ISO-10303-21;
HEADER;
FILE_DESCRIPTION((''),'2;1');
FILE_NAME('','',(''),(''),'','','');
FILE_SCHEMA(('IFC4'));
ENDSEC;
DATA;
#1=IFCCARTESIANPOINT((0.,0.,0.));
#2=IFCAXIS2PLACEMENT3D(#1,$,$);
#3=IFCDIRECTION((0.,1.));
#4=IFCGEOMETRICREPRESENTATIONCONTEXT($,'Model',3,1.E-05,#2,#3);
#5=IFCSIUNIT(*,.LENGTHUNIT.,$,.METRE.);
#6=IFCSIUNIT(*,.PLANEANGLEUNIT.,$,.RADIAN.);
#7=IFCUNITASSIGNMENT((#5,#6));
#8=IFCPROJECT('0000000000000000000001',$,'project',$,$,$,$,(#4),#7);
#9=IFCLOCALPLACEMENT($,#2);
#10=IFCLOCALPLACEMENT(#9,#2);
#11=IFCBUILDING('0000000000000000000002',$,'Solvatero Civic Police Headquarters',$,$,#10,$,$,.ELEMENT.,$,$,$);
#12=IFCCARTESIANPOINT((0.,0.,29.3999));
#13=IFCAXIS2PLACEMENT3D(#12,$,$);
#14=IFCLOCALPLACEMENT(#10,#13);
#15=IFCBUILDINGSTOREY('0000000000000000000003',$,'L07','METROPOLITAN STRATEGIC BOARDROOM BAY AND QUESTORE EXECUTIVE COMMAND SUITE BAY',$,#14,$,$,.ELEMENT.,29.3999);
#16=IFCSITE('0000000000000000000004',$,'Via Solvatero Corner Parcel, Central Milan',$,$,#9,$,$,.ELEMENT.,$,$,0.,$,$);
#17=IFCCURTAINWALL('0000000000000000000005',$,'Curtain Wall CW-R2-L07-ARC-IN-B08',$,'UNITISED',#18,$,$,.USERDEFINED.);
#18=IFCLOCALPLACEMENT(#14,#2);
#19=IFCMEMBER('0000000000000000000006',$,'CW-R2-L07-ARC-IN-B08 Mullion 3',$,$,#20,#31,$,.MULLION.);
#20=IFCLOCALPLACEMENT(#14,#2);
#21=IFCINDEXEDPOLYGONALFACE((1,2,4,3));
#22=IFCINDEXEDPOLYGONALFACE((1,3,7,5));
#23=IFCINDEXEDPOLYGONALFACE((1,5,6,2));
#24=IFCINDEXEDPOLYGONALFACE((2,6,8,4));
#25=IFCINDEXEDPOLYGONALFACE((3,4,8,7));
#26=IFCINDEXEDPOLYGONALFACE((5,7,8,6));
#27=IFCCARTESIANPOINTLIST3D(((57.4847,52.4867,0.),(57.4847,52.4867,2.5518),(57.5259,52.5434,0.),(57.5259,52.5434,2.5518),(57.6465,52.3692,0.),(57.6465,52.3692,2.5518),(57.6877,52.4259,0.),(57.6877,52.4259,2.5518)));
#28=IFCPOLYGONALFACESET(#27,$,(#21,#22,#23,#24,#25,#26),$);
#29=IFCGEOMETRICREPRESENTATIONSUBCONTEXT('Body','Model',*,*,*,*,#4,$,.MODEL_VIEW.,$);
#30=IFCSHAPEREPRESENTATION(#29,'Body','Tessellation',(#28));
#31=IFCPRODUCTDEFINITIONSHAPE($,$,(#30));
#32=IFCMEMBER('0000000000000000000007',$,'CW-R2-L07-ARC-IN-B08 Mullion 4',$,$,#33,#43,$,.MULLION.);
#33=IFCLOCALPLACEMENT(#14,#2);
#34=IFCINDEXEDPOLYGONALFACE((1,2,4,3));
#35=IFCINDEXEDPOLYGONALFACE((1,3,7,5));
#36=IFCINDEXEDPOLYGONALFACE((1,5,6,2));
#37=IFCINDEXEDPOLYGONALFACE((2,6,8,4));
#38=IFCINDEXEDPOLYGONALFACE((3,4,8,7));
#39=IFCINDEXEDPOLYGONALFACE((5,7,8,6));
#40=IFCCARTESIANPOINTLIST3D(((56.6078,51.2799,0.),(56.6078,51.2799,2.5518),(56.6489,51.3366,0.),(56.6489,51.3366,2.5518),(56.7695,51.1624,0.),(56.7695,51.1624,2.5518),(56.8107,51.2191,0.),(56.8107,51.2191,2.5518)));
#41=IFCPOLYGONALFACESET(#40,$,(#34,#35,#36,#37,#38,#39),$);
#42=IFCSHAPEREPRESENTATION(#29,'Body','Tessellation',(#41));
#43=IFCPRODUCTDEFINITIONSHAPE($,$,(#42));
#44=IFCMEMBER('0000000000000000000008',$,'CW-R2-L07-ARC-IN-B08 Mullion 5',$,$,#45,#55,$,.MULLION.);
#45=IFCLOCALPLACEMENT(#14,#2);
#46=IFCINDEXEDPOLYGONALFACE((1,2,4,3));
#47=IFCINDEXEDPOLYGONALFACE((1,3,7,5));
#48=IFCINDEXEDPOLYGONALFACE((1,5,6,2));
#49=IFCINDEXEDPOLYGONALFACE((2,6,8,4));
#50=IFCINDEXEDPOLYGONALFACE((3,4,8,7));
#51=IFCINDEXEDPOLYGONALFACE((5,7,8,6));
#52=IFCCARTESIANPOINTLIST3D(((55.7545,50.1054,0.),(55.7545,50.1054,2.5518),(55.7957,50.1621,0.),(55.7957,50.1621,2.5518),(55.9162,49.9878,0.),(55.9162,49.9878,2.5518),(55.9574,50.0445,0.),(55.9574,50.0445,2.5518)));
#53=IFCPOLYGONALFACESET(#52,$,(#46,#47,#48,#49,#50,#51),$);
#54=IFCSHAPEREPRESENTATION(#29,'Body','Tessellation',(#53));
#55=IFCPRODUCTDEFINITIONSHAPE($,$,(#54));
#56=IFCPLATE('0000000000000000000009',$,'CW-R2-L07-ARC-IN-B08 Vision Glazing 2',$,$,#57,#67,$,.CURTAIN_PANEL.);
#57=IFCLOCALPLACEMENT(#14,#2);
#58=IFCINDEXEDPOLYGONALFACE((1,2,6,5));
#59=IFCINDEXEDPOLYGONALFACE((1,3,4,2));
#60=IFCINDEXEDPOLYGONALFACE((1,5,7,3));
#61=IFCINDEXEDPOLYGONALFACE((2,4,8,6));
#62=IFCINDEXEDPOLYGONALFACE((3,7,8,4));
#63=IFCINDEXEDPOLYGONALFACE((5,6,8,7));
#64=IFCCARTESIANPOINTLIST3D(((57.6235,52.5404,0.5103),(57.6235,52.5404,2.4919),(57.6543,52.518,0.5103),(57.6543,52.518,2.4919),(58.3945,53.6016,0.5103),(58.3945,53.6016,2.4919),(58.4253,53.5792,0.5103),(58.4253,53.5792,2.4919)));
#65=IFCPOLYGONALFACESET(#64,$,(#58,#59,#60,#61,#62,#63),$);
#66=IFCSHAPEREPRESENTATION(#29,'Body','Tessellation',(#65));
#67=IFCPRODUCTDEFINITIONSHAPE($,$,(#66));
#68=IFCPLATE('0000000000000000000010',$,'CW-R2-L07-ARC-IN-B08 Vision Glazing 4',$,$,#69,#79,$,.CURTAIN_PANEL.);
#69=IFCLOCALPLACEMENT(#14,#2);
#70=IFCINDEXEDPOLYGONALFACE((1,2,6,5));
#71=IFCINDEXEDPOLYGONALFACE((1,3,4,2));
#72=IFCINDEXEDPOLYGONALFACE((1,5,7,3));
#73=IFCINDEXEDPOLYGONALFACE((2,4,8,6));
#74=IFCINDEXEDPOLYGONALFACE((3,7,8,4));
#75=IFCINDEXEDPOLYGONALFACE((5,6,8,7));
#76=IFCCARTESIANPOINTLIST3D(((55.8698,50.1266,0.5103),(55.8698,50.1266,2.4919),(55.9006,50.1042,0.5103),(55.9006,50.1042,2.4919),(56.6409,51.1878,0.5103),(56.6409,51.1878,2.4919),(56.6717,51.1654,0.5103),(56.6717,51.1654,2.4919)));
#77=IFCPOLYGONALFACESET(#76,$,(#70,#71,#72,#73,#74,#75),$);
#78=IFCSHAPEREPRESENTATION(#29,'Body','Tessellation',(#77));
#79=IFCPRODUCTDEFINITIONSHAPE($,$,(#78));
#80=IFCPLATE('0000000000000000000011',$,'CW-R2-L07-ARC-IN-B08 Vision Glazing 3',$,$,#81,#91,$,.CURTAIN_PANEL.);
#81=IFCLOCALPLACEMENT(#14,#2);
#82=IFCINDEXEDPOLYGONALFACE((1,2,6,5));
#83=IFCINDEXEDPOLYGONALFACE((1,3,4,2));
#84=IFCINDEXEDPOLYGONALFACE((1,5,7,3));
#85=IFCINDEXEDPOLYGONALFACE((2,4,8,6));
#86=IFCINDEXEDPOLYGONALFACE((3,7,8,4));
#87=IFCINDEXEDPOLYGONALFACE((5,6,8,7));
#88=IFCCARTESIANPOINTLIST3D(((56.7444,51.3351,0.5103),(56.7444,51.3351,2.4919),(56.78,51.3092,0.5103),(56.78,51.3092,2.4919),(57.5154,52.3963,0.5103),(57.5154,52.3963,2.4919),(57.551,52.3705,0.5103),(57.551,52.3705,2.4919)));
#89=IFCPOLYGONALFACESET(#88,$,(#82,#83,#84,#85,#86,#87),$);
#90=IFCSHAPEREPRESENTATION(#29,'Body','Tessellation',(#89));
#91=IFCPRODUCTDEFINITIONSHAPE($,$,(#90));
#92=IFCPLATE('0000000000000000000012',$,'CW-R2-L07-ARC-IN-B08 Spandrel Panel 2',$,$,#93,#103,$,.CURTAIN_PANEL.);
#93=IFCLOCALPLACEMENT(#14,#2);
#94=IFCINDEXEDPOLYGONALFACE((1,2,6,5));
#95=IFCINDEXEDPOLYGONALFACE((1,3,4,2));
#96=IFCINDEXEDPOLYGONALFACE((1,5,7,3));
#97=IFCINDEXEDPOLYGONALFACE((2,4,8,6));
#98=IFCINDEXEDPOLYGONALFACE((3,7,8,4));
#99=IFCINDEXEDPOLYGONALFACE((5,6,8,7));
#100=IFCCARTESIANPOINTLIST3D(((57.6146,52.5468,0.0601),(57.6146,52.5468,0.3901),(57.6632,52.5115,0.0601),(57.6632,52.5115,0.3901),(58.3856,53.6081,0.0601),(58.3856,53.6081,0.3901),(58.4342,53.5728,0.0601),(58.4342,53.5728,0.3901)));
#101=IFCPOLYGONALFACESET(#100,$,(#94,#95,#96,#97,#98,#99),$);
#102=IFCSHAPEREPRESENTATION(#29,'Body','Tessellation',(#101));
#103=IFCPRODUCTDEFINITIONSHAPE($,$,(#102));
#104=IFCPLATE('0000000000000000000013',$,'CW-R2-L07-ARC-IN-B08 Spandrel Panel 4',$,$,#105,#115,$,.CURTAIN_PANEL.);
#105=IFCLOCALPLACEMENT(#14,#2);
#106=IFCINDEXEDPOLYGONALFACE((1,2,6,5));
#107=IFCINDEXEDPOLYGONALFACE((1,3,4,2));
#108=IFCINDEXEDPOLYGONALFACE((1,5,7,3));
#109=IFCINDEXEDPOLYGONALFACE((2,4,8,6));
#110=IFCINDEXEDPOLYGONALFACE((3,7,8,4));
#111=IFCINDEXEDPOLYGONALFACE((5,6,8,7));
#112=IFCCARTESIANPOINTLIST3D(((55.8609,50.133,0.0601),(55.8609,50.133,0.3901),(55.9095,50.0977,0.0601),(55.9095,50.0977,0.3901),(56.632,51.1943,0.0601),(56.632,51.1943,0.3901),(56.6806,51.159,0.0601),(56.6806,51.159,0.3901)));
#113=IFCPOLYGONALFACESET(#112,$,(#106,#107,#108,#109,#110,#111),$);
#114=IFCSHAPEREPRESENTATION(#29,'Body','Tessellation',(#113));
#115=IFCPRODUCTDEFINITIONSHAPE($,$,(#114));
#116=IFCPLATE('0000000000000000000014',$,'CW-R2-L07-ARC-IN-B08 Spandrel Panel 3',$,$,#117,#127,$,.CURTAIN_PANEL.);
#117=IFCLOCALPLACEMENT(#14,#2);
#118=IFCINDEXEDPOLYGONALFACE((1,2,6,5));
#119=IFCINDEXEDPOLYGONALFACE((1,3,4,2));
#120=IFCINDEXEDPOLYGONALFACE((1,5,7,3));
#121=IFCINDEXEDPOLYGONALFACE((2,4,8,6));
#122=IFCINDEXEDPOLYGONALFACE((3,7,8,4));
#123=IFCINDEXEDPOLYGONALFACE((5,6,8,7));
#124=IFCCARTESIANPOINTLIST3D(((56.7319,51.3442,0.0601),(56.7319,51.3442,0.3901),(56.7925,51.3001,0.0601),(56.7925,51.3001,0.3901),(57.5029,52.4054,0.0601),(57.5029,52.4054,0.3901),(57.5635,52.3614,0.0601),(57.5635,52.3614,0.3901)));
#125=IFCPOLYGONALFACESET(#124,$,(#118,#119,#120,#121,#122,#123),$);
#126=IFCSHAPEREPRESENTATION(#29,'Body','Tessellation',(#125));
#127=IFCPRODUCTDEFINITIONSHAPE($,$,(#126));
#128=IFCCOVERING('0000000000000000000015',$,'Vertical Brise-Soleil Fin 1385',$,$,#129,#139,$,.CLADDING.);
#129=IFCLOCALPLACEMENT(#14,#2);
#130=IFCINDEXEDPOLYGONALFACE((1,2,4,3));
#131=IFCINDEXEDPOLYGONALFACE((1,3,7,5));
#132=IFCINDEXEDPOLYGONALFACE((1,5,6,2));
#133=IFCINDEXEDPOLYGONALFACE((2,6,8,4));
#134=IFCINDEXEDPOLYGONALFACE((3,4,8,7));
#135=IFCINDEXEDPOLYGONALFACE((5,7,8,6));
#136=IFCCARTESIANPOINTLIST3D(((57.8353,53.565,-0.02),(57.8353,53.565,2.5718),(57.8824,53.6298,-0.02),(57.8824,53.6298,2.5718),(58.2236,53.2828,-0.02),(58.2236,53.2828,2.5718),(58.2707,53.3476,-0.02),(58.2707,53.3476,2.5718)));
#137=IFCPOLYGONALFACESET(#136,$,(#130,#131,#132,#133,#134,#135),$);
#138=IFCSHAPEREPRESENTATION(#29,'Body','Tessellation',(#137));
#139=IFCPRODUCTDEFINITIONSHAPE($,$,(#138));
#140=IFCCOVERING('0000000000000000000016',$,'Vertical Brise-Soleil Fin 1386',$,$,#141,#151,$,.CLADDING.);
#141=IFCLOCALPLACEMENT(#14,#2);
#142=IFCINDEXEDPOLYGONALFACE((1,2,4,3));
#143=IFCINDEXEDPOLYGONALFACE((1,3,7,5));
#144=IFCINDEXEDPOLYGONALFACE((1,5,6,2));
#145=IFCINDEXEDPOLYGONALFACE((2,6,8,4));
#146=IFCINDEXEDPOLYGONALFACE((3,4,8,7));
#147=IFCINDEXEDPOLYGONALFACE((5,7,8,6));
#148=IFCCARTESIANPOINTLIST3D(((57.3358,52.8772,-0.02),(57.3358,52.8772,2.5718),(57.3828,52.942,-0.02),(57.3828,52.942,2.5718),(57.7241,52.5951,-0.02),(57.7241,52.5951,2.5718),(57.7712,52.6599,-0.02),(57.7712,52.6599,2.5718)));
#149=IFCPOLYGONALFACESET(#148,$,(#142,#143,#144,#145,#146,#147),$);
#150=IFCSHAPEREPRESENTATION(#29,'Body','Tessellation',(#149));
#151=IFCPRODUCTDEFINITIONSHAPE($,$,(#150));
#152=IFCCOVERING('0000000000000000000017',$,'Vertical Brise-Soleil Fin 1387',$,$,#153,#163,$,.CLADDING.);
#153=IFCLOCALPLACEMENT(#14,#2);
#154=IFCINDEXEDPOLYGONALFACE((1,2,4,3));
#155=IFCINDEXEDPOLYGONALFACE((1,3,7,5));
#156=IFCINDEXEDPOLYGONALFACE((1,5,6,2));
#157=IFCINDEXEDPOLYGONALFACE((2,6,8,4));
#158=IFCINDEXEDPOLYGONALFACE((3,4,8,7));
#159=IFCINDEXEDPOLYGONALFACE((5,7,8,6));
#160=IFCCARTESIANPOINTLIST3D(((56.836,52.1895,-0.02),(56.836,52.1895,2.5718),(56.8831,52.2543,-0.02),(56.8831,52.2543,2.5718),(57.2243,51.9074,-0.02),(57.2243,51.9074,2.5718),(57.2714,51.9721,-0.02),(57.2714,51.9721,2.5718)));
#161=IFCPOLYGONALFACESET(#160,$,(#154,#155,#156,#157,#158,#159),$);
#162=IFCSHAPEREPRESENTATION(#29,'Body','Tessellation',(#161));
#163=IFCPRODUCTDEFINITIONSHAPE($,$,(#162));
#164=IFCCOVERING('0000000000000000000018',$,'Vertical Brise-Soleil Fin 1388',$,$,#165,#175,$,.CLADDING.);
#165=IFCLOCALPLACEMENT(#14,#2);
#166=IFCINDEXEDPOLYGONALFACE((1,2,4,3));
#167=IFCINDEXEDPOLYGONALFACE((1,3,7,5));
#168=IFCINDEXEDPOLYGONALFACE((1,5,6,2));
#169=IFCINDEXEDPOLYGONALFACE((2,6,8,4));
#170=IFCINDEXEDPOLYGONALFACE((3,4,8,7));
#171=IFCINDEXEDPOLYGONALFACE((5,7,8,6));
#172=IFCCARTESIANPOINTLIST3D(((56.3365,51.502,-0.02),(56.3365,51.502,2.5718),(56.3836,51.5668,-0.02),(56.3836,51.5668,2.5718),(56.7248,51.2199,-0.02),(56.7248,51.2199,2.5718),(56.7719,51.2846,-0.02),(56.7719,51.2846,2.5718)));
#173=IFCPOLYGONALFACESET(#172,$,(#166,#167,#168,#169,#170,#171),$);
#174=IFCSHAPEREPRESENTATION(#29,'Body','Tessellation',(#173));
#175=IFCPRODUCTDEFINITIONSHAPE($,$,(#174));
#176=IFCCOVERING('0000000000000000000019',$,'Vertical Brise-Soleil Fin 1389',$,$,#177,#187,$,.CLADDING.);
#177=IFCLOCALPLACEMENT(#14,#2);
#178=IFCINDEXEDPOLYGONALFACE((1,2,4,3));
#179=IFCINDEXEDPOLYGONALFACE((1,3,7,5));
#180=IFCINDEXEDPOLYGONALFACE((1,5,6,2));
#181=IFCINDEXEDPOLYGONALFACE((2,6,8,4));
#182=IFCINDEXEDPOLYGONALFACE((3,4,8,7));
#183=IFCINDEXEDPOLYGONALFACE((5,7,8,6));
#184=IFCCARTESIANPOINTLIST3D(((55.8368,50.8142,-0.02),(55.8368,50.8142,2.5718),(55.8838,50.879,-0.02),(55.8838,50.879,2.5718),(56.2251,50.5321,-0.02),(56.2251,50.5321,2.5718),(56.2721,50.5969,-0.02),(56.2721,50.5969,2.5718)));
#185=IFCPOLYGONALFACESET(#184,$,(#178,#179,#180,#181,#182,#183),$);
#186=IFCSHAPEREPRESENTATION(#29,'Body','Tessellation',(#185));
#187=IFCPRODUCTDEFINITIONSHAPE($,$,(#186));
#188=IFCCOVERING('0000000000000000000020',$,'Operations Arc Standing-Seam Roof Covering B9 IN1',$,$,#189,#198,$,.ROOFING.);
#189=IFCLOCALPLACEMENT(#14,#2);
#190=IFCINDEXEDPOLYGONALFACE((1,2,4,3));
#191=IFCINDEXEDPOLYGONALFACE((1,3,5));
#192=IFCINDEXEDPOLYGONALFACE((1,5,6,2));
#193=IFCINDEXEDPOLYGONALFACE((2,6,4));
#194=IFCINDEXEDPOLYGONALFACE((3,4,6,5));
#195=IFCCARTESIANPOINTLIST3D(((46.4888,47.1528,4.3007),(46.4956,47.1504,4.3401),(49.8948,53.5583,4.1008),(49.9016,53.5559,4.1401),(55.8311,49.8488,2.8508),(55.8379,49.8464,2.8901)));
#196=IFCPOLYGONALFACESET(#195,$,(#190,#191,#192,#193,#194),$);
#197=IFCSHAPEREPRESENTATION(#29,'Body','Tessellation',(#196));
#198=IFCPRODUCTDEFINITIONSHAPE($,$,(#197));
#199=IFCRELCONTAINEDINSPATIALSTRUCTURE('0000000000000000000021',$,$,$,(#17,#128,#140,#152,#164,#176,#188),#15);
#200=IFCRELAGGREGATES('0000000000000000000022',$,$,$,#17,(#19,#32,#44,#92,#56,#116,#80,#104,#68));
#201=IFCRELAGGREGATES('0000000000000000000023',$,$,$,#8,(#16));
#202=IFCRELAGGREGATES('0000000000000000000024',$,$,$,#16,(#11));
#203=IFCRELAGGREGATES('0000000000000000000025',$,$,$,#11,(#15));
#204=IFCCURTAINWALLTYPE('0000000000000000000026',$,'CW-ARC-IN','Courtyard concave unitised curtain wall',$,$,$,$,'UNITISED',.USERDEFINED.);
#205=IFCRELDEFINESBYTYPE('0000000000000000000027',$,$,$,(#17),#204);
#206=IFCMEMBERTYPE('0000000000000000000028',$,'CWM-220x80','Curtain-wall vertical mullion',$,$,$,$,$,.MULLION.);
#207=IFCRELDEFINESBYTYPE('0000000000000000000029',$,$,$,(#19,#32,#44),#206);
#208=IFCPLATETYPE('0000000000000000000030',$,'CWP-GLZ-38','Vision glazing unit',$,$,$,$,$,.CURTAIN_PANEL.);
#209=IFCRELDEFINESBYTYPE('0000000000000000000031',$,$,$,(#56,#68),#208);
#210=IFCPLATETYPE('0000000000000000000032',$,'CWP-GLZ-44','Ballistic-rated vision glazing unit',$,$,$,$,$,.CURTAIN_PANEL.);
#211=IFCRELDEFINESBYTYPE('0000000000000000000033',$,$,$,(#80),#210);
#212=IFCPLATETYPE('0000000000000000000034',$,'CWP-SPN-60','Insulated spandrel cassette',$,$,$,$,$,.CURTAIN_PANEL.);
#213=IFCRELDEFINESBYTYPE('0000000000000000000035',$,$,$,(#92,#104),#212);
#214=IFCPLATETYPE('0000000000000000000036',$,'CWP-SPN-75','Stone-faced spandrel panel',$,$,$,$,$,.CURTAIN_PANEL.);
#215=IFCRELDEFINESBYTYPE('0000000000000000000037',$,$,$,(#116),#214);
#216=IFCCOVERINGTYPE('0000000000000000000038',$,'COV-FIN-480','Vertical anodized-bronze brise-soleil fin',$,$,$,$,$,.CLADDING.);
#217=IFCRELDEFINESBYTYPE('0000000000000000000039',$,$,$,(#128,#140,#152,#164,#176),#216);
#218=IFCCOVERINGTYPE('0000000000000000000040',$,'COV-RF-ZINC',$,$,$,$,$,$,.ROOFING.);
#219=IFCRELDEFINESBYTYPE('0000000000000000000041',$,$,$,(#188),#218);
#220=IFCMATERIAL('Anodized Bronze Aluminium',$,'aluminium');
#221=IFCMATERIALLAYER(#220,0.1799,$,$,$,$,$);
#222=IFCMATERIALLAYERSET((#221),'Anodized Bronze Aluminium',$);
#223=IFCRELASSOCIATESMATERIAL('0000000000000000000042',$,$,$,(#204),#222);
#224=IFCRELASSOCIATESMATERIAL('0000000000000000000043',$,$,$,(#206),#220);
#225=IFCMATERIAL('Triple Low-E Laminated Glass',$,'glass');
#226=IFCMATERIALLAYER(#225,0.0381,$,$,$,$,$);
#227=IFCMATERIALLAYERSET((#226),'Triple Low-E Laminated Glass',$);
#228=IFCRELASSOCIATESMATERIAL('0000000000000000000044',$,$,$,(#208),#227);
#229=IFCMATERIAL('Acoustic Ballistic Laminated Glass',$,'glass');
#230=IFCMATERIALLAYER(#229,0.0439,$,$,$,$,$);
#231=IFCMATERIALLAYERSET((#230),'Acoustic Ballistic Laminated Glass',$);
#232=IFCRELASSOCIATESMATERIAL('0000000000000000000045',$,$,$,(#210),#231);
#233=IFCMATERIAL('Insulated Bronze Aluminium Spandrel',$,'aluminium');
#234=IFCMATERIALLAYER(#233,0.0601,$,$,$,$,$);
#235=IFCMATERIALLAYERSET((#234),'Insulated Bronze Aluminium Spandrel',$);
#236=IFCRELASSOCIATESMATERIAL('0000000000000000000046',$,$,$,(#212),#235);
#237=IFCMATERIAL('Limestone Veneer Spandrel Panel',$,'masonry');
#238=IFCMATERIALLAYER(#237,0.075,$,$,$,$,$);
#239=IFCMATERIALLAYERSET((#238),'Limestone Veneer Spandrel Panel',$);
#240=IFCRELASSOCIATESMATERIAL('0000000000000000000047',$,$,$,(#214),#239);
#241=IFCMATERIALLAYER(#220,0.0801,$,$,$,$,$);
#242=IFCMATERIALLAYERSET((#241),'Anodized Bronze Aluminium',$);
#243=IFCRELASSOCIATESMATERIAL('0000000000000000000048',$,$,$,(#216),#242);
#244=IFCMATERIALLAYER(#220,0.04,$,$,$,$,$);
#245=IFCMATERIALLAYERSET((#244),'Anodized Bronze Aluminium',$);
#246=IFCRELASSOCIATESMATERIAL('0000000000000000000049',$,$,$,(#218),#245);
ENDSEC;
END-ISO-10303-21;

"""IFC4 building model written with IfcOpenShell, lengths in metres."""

from ifc_helpers import new_model, si_unit, direction, frame, origin, origin_2d, place, context, subcontext, project, spatial, polyline, rectangle, outline, extrude, material, layer, layer_set, material_profile, profile_set, type_object, element, aggregate, save


model = new_model("IFC4")

# Units and contexts
model_context = context("Model", 3, precision=1e-05, world=origin(), true_north=direction((0.0, 1.0)))
body_context = subcontext(model_context, "Body", "Model", "MODEL_VIEW")
ifc_project = project(units=[si_unit("LENGTHUNIT", "METRE"), si_unit("PLANEANGLEUNIT", "RADIAN")], contexts=[model_context])

# Site, building, storey
site_placement = place(None, origin())
site = spatial("IfcSite", under=ifc_project, at=site_placement, Name="Via Solvatero Corner Parcel, Central Milan", CompositionType="ELEMENT", RefElevation=0.0)
building_placement = place(site_placement, origin())
building = spatial("IfcBuilding", under=site, at=building_placement, Name="Solvatero Civic Police Headquarters", CompositionType="ELEMENT")
storey_placement = place(building_placement, frame((0.0, 0.0, 29.3999)))
storey = spatial("IfcBuildingStorey", under=building, at=storey_placement, Name="L07", Description="METROPOLITAN STRATEGIC BOARDROOM BAY AND QUESTORE EXECUTIVE COMMAND SUITE BAY", CompositionType="ELEMENT", Elevation=29.3999)

# Curtain wall, members, plates
ifc_material_1 = material(Name="Anodized Bronze Aluminium", Category="aluminium")
ifc_layer_1 = layer(ifc_material_1, 0.1799)
ifc_layer_set_1 = layer_set([ifc_layer_1], Name="Anodized Bronze Aluminium")
curtain_wall_type = type_object("IfcCurtainWallType", Name="CW-ARC-IN", Description="Courtyard concave unitised curtain wall", ElementType="UNITISED", PredefinedType="USERDEFINED", material=ifc_layer_set_1)
curtain_wall_placement = place(storey_placement, origin())
curtain_wall = element("IfcCurtainWall", 1, at=curtain_wall_placement, inside=storey, type_object=curtain_wall_type, Name="Curtain Wall CW-R2-L07-ARC-IN-B08", ObjectType="UNITISED", PredefinedType="USERDEFINED")
ifc_material_profile = material_profile(ifc_material_1, rectangle(XDim=0.0701, YDim=0.2, at=origin_2d()), Name="ALU MULLION 70x200")
ifc_profile_set = profile_set([ifc_material_profile], Name="Anodized Bronze Aluminium")
member_type = type_object("IfcMemberType", Name="CWM-220x80", Description="Curtain-wall vertical mullion", PredefinedType="MULLION", material=ifc_profile_set)
member_1_placement = place(storey_placement, frame((57.5862, 52.4563, 0.0), z_axis=(0.0, 0.0, 1.0), x_axis=(-0.587785, -0.809017, 0.0)))
member_1 = element("IfcMember", 2, at=member_1_placement, type_object=member_type, Name="CW-R2-L07-ARC-IN-B08 Mullion 3", PredefinedType="MULLION", context=body_context, shape_type="SweptSolid", body=[
    extrude(rectangle(XDim=0.0701, YDim=0.2, at=origin_2d()), origin(), (0.0, 0.0, 1.0), 2.5518),
])
member_2_placement = place(storey_placement, frame((56.7092, 51.2495, 0.0), z_axis=(0.0, 0.0, 1.0), x_axis=(-0.587785, -0.809017, 0.0)))
member_2 = element("IfcMember", 3, at=member_2_placement, type_object=member_type, Name="CW-R2-L07-ARC-IN-B08 Mullion 4", PredefinedType="MULLION", context=body_context, shape_type="SweptSolid", body=[
    extrude(rectangle(XDim=0.0701, YDim=0.2, at=origin_2d()), origin(), (0.0, 0.0, 1.0), 2.5518),
])
member_3_placement = place(storey_placement, frame((55.856, 50.075, 0.0), z_axis=(0.0, 0.0, 1.0), x_axis=(-0.587785, -0.809017, 0.0)))
member_3 = element("IfcMember", 4, at=member_3_placement, type_object=member_type, Name="CW-R2-L07-ARC-IN-B08 Mullion 5", PredefinedType="MULLION", context=body_context, shape_type="SweptSolid", body=[
    extrude(rectangle(XDim=0.0701, YDim=0.2, at=origin_2d()), origin(), (0.0, 0.0, 1.0), 2.5518),
])
ifc_material_2 = material(Name="Triple Low-E Laminated Glass", Category="glass")
ifc_layer_2 = layer(ifc_material_2, 0.0381)
ifc_layer_set_2 = layer_set([ifc_layer_2], Name="Triple Low-E Laminated Glass")
plate_type_1 = type_object("IfcPlateType", Name="CWP-GLZ-38", Description="Vision glazing unit", PredefinedType="CURTAIN_PANEL", material=ifc_layer_set_2)
plate_1_placement = place(storey_placement, frame((58.0244, 53.0598, 0.5103), z_axis=(0.0, 0.0, 1.0), x_axis=(-0.587785, -0.809017, 0.0)))
plate_1 = element("IfcPlate", 5, at=plate_1_placement, type_object=plate_type_1, Name="CW-R2-L07-ARC-IN-B08 Vision Glazing 2", PredefinedType="CURTAIN_PANEL", context=body_context, shape_type="SweptSolid", body=[
    extrude(rectangle(XDim=1.3118, YDim=0.0381, at=origin_2d()), origin(), (0.0, 0.0, 1.0), 1.9817),
])
plate_2_placement = place(storey_placement, frame((56.2708, 50.646, 0.5103), z_axis=(0.0, 0.0, 1.0), x_axis=(-0.587785, -0.809017, 0.0)))
plate_2 = element("IfcPlate", 6, at=plate_2_placement, type_object=plate_type_1, Name="CW-R2-L07-ARC-IN-B08 Vision Glazing 4", PredefinedType="CURTAIN_PANEL", context=body_context, shape_type="SweptSolid", body=[
    extrude(rectangle(XDim=1.3118, YDim=0.0381, at=origin_2d()), origin(), (0.0, 0.0, 1.0), 1.9817),
])
ifc_material_3 = material(Name="Acoustic Ballistic Laminated Glass", Category="glass")
ifc_layer_3 = layer(ifc_material_3, 0.0439)
ifc_layer_set_3 = layer_set([ifc_layer_3], Name="Acoustic Ballistic Laminated Glass")
plate_type_2 = type_object("IfcPlateType", Name="CWP-GLZ-44", Description="Ballistic-rated vision glazing unit", PredefinedType="CURTAIN_PANEL", material=ifc_layer_set_3)
plate_3_placement = place(storey_placement, frame((57.1477, 51.8528, 0.5103), z_axis=(0.0, 0.0, 1.0), x_axis=(-0.587785, -0.809017, 0.0)))
plate_3 = element("IfcPlate", 7, at=plate_3_placement, type_object=plate_type_2, Name="CW-R2-L07-ARC-IN-B08 Vision Glazing 3", PredefinedType="CURTAIN_PANEL", context=body_context, shape_type="SweptSolid", body=[
    extrude(rectangle(XDim=1.3118, YDim=0.0439, at=origin_2d()), origin(), (0.0, 0.0, 1.0), 1.9817),
])
ifc_material_4 = material(Name="Insulated Bronze Aluminium Spandrel", Category="aluminium")
ifc_layer_4 = layer(ifc_material_4, 0.0601)
ifc_layer_set_4 = layer_set([ifc_layer_4], Name="Insulated Bronze Aluminium Spandrel")
plate_type_3 = type_object("IfcPlateType", Name="CWP-SPN-60", Description="Insulated spandrel cassette", PredefinedType="CURTAIN_PANEL", material=ifc_layer_set_4)
plate_4_placement = place(storey_placement, frame((58.0244, 53.0598, 0.0601), z_axis=(0.0, 0.0, 1.0), x_axis=(-0.587785, -0.809017, 0.0)))
plate_4 = element("IfcPlate", 8, at=plate_4_placement, type_object=plate_type_3, Name="CW-R2-L07-ARC-IN-B08 Spandrel Panel 2", PredefinedType="CURTAIN_PANEL", context=body_context, shape_type="SweptSolid", body=[
    extrude(rectangle(XDim=1.3118, YDim=0.0601, at=origin_2d()), origin(), (0.0, 0.0, 1.0), 0.3301),
])
plate_5_placement = place(storey_placement, frame((56.2708, 50.646, 0.0601), z_axis=(0.0, 0.0, 1.0), x_axis=(-0.587785, -0.809017, 0.0)))
plate_5 = element("IfcPlate", 9, at=plate_5_placement, type_object=plate_type_3, Name="CW-R2-L07-ARC-IN-B08 Spandrel Panel 4", PredefinedType="CURTAIN_PANEL", context=body_context, shape_type="SweptSolid", body=[
    extrude(rectangle(XDim=1.3118, YDim=0.0601, at=origin_2d()), origin(), (0.0, 0.0, 1.0), 0.3301),
])
ifc_material_5 = material(Name="Limestone Veneer Spandrel Panel", Category="masonry")
ifc_layer_5 = layer(ifc_material_5, 0.075)
ifc_layer_set_5 = layer_set([ifc_layer_5], Name="Limestone Veneer Spandrel Panel")
plate_type_4 = type_object("IfcPlateType", Name="CWP-SPN-75", Description="Stone-faced spandrel panel", PredefinedType="CURTAIN_PANEL", material=ifc_layer_set_5)
plate_6_placement = place(storey_placement, frame((57.1477, 51.8528, 0.0601), z_axis=(0.0, 0.0, 1.0), x_axis=(-0.587785, -0.809017, 0.0)))
plate_6 = element("IfcPlate", 10, at=plate_6_placement, type_object=plate_type_4, Name="CW-R2-L07-ARC-IN-B08 Spandrel Panel 3", PredefinedType="CURTAIN_PANEL", context=body_context, shape_type="SweptSolid", body=[
    extrude(rectangle(XDim=1.3118, YDim=0.075, at=origin_2d()), origin(), (0.0, 0.0, 1.0), 0.3301),
])
aggregate(curtain_wall, [member_1, member_2, member_3, plate_4, plate_1, plate_6, plate_3, plate_5, plate_2])

# Coverings
ifc_layer_6 = layer(ifc_material_1, 0.0801)
ifc_layer_set_6 = layer_set([ifc_layer_6], Name="Anodized Bronze Aluminium")
covering_type_1 = type_object("IfcCoveringType", Name="COV-FIN-480", Description="Vertical anodized-bronze brise-soleil fin", PredefinedType="CLADDING", material=ifc_layer_set_6)
for number, where, z_axis, x_axis, name in (
    (11, (58.053, 53.4563, -0.02), (0.0, 0.0, 1.0), (-0.587785, -0.809017, 0.0), "Vertical Brise-Soleil Fin 1385"),
    (12, (57.5535, 52.7686, -0.02), (0.0, 0.0, 1.0), (-0.587785, -0.809017, 0.0), "Vertical Brise-Soleil Fin 1386"),
    (13, (57.0537, 52.0808, -0.02), (0.0, 0.0, 1.0), (-0.587785, -0.809017, 0.0), "Vertical Brise-Soleil Fin 1387"),
    (14, (56.5542, 51.3933, -0.02), (0.0, 0.0, 1.0), (-0.587785, -0.809017, 0.0), "Vertical Brise-Soleil Fin 1388"),
    (15, (56.0544, 50.7056, -0.02), (0.0, 0.0, 1.0), (-0.587785, -0.809017, 0.0), "Vertical Brise-Soleil Fin 1389"),
):
    element("IfcCovering", number, at=place(storey_placement, frame(where, z_axis=z_axis, x_axis=x_axis)), inside=storey, type_object=covering_type_1, Name=name, PredefinedType="CLADDING", context=body_context, shape_type="SweptSolid", body=[
        extrude(rectangle(XDim=0.0801, YDim=0.48, at=origin_2d()), origin(), (0.0, 0.0, 1.0), 2.5918),
    ])
ifc_layer_7 = layer(ifc_material_1, 0.04)
ifc_layer_set_7 = layer_set([ifc_layer_7], Name="Anodized Bronze Aluminium")
covering_type_2 = type_object("IfcCoveringType", Name="COV-RF-ZINC", PredefinedType="ROOFING", material=ifc_layer_set_7)
covering_1_placement = place(storey_placement, frame((55.8379, 49.8464, 2.8901), z_axis=(0.169873, -0.059621, 0.983661), x_axis=(-0.834837, 0.521675, 0.175791)))
element("IfcCovering", 16, at=covering_1_placement, inside=storey, type_object=covering_type_2, Name="Operations Arc Standing-Seam Roof Covering B9 IN1", PredefinedType="ROOFING", context=body_context, shape_type="SweptSolid", body=[
    extrude(outline(polyline([(0.0, 0.0), (7.1107, 0.0), (6.6477, 7.2427), (0.0, 0.0)])), origin(), (0.0, 0.0, -1.0), 0.04),
])

save(model, "model.ifc")
